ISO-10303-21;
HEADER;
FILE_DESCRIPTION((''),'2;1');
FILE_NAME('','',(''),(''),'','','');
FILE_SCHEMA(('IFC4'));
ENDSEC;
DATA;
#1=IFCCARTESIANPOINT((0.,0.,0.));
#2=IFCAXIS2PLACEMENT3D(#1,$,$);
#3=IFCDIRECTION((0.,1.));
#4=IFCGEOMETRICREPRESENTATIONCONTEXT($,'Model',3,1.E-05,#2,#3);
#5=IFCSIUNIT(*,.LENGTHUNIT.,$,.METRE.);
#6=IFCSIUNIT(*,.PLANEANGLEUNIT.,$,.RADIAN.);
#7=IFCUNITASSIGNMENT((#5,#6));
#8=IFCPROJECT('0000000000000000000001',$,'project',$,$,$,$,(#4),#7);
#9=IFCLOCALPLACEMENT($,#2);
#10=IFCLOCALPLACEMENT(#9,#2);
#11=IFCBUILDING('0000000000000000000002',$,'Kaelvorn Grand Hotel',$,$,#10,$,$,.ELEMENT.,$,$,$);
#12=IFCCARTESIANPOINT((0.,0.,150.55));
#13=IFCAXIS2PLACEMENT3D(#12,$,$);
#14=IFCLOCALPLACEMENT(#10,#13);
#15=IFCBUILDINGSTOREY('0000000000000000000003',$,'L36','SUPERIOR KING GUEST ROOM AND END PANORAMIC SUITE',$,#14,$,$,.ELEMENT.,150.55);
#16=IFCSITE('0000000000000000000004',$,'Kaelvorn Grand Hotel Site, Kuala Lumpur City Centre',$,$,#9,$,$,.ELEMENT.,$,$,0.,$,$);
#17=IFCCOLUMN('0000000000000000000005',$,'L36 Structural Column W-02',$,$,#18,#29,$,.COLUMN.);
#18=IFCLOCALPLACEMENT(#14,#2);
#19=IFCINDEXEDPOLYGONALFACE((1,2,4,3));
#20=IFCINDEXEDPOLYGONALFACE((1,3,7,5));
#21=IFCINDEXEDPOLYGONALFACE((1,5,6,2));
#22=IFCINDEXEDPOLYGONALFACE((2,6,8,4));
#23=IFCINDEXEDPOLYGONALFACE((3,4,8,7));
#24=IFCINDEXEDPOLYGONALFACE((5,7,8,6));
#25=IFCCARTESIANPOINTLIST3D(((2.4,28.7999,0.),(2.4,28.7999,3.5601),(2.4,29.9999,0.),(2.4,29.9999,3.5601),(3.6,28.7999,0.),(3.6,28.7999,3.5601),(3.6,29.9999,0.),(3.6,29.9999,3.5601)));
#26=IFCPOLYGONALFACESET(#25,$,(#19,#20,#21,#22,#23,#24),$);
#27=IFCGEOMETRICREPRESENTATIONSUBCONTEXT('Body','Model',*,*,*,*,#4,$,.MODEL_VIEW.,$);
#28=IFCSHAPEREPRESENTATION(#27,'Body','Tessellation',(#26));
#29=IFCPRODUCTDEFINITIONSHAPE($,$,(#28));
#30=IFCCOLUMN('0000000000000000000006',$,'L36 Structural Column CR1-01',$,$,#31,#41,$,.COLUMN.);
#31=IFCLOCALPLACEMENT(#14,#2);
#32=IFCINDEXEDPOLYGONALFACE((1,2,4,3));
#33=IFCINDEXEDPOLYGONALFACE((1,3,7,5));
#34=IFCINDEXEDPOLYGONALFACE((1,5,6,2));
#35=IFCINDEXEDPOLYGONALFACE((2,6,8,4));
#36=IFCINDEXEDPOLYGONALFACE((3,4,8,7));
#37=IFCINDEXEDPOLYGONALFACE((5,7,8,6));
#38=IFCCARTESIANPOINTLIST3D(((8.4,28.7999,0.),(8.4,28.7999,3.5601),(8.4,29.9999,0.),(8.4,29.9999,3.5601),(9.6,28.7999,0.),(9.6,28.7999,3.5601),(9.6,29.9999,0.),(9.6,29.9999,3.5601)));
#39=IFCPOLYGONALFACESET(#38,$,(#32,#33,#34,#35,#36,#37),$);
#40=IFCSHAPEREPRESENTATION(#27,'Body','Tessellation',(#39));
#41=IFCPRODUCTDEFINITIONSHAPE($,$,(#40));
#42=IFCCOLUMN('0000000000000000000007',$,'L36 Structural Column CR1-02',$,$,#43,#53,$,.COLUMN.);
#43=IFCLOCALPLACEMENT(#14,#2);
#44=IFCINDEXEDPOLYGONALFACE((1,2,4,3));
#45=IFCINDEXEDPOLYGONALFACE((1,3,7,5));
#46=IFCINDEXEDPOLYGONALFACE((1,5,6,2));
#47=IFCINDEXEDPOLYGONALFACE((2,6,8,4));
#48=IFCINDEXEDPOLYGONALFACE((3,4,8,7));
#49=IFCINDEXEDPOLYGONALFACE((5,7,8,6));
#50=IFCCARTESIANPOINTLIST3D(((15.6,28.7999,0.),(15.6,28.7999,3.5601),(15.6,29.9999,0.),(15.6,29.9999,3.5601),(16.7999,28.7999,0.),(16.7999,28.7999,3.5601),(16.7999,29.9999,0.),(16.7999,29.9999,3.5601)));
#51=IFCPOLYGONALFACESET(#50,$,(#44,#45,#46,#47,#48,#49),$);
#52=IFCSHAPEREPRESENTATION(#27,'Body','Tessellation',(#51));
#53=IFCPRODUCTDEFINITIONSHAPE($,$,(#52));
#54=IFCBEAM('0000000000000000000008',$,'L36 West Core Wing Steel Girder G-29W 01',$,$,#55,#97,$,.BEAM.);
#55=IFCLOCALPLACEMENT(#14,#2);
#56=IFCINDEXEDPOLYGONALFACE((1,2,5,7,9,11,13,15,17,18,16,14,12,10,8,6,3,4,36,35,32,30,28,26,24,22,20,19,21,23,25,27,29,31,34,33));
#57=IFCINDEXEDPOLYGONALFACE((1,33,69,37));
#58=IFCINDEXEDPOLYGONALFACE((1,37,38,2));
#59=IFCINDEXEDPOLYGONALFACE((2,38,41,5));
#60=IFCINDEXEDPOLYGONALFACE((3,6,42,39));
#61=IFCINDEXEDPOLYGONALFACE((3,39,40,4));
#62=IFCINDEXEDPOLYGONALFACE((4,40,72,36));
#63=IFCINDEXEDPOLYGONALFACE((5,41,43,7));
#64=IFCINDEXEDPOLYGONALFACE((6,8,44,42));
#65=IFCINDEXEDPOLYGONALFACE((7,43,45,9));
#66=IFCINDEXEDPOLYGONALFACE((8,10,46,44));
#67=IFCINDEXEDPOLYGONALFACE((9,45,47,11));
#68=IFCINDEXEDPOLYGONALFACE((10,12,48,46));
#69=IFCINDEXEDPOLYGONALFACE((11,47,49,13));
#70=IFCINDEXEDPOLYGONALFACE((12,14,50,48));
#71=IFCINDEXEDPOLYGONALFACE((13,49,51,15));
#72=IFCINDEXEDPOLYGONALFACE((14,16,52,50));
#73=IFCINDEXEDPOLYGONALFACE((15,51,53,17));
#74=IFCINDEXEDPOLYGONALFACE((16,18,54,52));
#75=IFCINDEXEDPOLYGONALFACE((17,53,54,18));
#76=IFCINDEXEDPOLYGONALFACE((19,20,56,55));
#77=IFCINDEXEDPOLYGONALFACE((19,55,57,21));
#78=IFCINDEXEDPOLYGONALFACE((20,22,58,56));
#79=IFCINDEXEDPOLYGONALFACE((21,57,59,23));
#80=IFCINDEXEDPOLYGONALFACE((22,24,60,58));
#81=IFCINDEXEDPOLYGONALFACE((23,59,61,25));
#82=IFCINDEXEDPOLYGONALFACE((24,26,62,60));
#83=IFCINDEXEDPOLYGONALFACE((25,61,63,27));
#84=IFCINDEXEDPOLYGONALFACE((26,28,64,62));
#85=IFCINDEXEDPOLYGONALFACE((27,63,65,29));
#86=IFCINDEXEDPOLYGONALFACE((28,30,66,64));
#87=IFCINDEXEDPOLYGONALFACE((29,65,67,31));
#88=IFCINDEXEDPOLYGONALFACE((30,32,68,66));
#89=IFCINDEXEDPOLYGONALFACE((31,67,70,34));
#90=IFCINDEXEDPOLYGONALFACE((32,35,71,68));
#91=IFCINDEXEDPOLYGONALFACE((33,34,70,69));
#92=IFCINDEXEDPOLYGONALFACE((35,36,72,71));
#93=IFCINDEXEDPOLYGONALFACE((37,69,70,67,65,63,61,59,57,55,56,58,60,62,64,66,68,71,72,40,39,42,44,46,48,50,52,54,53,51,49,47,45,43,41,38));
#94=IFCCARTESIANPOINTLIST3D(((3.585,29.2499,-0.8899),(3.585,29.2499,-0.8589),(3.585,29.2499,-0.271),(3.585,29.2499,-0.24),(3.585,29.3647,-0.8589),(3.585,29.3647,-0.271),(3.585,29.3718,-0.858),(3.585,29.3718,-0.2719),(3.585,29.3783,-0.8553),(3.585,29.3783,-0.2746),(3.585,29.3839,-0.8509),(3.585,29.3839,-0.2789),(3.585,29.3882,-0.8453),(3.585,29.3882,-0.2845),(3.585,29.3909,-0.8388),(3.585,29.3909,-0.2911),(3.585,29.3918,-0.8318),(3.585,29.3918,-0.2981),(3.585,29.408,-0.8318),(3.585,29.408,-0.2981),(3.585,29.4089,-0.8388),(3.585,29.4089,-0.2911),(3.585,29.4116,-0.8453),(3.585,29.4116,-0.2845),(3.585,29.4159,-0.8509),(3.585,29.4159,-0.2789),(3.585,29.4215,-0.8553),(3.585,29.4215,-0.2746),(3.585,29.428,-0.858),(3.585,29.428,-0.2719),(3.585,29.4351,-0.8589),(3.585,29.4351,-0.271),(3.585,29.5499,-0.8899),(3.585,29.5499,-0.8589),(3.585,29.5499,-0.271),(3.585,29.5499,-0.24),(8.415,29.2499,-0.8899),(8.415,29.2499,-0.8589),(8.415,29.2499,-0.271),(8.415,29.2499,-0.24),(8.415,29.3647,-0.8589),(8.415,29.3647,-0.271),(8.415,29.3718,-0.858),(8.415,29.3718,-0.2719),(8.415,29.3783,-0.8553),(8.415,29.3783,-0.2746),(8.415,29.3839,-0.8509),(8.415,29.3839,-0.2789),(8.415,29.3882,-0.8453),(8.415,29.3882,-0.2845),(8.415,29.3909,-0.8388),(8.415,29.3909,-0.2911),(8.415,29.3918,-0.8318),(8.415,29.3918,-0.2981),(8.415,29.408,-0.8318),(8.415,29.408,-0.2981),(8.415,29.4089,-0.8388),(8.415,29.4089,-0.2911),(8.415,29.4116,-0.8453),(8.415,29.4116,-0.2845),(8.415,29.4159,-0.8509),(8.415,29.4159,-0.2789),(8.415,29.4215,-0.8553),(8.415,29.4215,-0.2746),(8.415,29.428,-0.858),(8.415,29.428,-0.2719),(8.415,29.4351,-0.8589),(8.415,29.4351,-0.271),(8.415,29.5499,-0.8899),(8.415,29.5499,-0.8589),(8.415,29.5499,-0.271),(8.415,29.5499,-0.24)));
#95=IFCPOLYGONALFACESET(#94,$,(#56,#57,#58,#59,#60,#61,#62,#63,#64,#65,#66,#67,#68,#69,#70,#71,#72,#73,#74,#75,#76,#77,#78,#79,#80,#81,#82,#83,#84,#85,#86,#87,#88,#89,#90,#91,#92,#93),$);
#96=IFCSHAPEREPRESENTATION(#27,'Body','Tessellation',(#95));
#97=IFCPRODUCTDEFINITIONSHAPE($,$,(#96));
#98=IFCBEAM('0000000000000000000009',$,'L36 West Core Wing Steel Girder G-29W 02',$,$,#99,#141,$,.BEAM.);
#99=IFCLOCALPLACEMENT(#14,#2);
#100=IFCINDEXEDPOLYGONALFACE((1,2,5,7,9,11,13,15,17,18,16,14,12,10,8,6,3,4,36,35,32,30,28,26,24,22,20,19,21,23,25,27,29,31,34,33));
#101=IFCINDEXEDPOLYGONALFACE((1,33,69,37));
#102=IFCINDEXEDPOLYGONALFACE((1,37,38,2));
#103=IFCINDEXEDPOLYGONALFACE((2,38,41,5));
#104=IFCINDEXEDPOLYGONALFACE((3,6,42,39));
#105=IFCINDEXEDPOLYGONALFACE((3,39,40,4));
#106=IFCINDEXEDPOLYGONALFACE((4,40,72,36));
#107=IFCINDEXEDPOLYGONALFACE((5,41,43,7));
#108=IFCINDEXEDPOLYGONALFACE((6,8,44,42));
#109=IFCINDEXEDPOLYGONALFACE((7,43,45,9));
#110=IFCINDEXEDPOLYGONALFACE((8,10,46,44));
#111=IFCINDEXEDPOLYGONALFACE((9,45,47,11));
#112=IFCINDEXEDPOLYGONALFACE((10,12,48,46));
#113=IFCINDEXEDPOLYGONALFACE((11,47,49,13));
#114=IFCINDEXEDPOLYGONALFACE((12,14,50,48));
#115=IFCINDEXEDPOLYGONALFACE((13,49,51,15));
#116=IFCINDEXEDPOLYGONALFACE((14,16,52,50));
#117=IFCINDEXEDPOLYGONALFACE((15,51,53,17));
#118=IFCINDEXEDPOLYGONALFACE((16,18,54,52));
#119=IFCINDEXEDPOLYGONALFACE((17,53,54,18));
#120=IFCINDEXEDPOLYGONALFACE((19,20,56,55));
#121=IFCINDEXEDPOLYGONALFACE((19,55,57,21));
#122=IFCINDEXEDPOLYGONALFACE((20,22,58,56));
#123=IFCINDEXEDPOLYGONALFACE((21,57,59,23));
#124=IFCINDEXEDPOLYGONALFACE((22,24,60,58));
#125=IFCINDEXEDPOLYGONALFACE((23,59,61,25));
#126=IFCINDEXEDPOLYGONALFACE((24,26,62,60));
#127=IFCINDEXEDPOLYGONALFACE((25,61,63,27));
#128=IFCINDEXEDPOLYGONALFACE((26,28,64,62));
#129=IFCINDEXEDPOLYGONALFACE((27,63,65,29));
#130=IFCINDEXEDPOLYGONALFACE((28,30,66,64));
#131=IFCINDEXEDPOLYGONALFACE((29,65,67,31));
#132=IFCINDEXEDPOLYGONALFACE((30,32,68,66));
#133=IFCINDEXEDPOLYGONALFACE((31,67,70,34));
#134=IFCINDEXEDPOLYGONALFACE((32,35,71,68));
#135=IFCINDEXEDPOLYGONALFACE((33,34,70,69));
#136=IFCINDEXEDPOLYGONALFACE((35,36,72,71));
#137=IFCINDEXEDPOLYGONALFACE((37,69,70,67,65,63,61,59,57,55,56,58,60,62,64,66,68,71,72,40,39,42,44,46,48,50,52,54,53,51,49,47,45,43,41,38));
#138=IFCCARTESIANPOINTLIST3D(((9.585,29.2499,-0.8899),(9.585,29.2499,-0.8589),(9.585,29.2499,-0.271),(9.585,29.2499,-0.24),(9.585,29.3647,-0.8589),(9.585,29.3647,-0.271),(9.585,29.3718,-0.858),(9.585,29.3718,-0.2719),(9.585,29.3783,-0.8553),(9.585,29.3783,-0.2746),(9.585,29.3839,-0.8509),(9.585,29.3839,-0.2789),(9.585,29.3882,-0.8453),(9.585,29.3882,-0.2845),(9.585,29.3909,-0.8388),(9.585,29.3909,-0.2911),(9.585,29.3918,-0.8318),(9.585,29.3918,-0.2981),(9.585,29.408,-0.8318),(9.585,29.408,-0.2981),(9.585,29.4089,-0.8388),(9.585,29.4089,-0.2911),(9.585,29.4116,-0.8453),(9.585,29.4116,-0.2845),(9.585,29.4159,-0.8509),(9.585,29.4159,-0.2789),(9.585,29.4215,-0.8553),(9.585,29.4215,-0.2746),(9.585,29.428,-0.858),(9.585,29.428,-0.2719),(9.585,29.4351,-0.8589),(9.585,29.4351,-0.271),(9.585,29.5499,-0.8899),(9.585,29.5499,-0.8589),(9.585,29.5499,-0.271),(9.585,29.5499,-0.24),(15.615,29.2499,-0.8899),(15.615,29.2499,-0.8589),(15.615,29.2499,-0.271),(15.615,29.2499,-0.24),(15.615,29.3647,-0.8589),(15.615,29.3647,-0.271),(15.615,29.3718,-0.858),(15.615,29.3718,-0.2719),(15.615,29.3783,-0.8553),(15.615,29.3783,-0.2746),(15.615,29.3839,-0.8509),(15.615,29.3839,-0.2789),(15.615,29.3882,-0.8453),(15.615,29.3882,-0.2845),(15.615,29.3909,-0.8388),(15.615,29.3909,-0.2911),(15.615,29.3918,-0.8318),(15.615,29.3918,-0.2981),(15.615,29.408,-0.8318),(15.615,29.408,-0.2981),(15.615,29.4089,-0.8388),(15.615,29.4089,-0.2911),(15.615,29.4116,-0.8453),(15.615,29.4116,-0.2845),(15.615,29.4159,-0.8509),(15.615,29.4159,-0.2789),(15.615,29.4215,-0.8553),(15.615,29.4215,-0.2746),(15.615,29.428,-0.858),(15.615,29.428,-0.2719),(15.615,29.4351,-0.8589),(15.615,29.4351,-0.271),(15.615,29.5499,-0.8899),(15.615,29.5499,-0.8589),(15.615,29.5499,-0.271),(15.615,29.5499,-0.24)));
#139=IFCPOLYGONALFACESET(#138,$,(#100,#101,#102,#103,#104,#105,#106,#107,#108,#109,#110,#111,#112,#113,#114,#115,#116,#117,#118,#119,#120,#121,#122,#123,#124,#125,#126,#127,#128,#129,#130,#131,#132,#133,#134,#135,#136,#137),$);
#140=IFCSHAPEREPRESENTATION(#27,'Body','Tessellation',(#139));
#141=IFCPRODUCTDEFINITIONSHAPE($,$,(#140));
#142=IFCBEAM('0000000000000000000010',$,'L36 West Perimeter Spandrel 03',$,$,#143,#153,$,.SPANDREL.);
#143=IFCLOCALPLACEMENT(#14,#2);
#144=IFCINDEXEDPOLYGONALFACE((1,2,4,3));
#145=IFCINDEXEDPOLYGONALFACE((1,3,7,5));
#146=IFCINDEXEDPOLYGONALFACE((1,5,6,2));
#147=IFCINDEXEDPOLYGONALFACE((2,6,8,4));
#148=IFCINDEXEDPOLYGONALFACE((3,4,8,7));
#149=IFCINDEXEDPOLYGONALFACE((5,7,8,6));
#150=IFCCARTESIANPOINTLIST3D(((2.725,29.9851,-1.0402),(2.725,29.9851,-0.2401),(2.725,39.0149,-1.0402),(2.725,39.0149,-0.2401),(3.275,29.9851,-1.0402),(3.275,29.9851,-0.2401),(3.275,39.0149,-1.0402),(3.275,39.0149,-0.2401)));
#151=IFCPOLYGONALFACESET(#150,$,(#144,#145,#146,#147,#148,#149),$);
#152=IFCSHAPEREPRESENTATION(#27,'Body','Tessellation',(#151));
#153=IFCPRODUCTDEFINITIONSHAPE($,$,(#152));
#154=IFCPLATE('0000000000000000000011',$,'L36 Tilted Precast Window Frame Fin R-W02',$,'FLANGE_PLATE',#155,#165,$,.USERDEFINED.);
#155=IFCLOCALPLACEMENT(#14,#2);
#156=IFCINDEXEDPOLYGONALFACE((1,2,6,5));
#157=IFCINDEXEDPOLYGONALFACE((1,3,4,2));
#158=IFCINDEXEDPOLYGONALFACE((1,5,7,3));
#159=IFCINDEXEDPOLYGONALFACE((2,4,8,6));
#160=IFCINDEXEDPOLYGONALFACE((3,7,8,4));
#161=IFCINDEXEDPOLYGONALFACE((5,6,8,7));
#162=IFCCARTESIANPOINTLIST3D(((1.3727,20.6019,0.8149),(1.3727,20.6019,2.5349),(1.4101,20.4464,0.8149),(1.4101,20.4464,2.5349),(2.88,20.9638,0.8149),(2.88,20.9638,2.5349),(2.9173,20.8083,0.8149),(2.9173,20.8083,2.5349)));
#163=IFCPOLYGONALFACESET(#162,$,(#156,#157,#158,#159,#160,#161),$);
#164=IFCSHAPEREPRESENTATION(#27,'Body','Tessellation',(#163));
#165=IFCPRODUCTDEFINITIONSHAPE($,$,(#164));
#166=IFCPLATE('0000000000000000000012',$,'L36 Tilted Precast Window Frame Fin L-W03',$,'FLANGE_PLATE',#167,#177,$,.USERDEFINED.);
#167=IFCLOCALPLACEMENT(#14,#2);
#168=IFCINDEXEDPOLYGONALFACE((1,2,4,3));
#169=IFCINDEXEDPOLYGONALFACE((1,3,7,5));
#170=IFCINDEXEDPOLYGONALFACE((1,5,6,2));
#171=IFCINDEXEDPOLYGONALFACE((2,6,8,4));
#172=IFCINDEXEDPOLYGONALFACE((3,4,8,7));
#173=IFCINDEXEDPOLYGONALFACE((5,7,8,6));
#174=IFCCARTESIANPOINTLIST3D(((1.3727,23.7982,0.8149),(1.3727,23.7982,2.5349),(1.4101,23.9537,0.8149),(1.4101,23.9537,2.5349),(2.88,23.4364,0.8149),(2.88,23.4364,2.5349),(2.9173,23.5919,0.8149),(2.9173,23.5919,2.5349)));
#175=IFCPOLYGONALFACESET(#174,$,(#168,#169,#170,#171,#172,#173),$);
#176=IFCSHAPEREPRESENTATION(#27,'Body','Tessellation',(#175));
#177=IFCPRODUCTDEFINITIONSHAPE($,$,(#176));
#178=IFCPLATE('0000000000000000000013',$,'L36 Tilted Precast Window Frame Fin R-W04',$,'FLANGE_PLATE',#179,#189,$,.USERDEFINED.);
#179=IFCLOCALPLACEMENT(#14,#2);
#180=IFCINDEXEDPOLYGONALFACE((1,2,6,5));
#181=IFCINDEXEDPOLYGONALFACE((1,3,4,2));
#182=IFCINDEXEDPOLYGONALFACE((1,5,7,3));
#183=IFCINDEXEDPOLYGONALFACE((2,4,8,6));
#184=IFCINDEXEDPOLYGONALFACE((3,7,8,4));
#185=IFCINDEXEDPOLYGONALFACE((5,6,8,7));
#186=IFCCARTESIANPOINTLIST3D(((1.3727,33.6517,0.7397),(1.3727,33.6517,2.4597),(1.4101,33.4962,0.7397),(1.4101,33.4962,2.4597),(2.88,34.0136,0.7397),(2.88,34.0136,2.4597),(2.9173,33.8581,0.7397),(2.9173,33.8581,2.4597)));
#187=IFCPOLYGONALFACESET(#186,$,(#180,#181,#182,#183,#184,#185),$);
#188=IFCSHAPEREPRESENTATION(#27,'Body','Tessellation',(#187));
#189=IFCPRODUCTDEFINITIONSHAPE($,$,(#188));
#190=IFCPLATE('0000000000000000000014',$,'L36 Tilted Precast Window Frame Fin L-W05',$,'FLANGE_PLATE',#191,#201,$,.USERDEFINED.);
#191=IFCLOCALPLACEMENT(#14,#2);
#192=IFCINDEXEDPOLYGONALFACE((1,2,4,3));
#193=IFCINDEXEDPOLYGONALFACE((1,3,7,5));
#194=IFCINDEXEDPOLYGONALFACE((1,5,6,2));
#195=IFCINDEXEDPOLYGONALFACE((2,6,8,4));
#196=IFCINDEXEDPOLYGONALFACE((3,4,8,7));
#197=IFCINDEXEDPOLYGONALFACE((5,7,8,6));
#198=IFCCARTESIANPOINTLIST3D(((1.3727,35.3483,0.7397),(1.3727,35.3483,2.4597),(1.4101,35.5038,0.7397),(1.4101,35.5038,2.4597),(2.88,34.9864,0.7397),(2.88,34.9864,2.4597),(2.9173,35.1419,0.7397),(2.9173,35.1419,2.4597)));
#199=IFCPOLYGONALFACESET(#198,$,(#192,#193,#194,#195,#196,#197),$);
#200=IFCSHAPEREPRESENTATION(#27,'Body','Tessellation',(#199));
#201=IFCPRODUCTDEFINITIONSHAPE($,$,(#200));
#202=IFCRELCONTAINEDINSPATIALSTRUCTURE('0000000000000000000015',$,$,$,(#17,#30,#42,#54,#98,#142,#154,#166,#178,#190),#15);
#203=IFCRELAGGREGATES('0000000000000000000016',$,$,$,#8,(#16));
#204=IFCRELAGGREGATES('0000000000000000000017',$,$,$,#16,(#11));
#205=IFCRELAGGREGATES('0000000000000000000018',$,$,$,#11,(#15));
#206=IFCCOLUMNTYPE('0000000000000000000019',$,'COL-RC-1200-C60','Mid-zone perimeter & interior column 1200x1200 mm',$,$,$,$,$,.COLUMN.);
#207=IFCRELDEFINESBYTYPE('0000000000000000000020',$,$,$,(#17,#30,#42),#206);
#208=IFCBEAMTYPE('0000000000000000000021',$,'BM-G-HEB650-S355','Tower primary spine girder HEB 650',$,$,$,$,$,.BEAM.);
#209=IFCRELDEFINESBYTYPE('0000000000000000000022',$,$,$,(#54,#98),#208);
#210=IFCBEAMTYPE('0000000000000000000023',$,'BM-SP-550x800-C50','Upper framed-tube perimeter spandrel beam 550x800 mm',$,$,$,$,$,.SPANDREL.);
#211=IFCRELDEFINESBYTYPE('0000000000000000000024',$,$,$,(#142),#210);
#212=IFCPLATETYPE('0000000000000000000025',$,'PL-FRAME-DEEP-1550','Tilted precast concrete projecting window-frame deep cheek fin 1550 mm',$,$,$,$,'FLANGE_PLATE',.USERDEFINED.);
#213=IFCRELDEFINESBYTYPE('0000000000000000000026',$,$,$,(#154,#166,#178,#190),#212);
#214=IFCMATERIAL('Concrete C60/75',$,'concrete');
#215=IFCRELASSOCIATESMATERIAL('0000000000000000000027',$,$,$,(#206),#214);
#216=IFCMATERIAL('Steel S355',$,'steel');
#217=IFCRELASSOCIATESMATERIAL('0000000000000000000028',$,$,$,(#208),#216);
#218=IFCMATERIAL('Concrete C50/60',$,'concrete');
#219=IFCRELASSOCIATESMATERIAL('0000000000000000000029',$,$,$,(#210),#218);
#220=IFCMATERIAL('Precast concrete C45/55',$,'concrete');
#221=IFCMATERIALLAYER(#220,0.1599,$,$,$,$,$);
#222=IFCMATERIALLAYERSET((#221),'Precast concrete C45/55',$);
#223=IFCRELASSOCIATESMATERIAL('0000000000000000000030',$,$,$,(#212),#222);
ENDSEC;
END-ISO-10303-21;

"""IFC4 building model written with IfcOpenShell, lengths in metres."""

from ifc_helpers import new_model, si_unit, direction, frame, origin, origin_2d, place, context, subcontext, project, spatial, rectangle, i_section, extrude, material, layer, layer_set, material_profile, profile_set, type_object, element, save


model = new_model("IFC4")

# Units and contexts
model_context = context("Model", 3, precision=1e-05, world=origin(), true_north=direction((0.0, 1.0)))
body_context = subcontext(model_context, "Body", "Model", "MODEL_VIEW")
ifc_project = project(units=[si_unit("LENGTHUNIT", "METRE"), si_unit("PLANEANGLEUNIT", "RADIAN")], contexts=[model_context])

# Site, building, storey
site_placement = place(None, origin())
site = spatial("IfcSite", under=ifc_project, at=site_placement, Name="Kaelvorn Grand Hotel Site, Kuala Lumpur City Centre", CompositionType="ELEMENT", RefElevation=0.0)
building_placement = place(site_placement, origin())
building = spatial("IfcBuilding", under=site, at=building_placement, Name="Kaelvorn Grand Hotel", CompositionType="ELEMENT")
storey_placement = place(building_placement, frame((0.0, 0.0, 150.55)))
storey = spatial("IfcBuildingStorey", under=building, at=storey_placement, Name="L36", Description="SUPERIOR KING GUEST ROOM AND END PANORAMIC SUITE", CompositionType="ELEMENT", Elevation=150.55)

# Columns
ifc_material_1 = material(Name="Concrete C60/75", Category="concrete")
ifc_material_profile_1 = material_profile(ifc_material_1, rectangle(XDim=1.2, YDim=1.2, at=origin_2d()), Name="RC COL 1200x1200")
ifc_profile_set_1 = profile_set([ifc_material_profile_1], Name="Concrete C60/75")
column_type = type_object("IfcColumnType", Name="COL-RC-1200-C60", Description="Mid-zone perimeter & interior column 1200x1200 mm", PredefinedType="COLUMN", material=ifc_profile_set_1)
for number, where, z_axis, x_axis, name in (
    (1, (3.0, 29.3999, 0.0), (0.0, 0.0, 1.0), (1.0, 0.0, 0.0), "L36 Structural Column W-02"),
    (2, (9.0, 29.3999, 0.0), (0.0, 0.0, 1.0), (1.0, 0.0, 0.0), "L36 Structural Column CR1-01"),
    (3, (16.2, 29.3999, 0.0), (0.0, 0.0, 1.0), (1.0, 0.0, 0.0), "L36 Structural Column CR1-02"),
):
    element("IfcColumn", number, at=place(storey_placement, frame(where, z_axis=z_axis, x_axis=x_axis)), inside=storey, type_object=column_type, Name=name, PredefinedType="COLUMN", context=body_context, shape_type="SweptSolid", body=[
        extrude(rectangle(XDim=1.2, YDim=1.2, at=origin_2d()), origin(), (0.0, 0.0, 1.0), 3.5601),
    ])

# Beams
ifc_material_2 = material(Name="Steel S355", Category="steel")
ifc_material_profile_2 = material_profile(ifc_material_2, i_section(OverallWidth=0.3, OverallDepth=0.6499, WebThickness=0.0161, FlangeThickness=0.031, FilletRadius=0.0271, at=origin_2d()), Name="HEB 650")
ifc_profile_set_2 = profile_set([ifc_material_profile_2], Name="Steel S355")
beam_type_1 = type_object("IfcBeamType", Name="BM-G-HEB650-S355", Description="Tower primary spine girder HEB 650", PredefinedType="BEAM", material=ifc_profile_set_2)
beam_1_placement = place(storey_placement, frame((3.585, 29.3999, -0.5649), z_axis=(1.0, 0.0, 0.0), x_axis=(0.0, 1.0, 0.0)))
element("IfcBeam", 4, at=beam_1_placement, inside=storey, type_object=beam_type_1, Name="L36 West Core Wing Steel Girder G-29W 01", PredefinedType="BEAM", context=body_context, shape_type="SweptSolid", body=[
    extrude(i_section(OverallWidth=0.3, OverallDepth=0.6499, WebThickness=0.0161, FlangeThickness=0.031, FilletRadius=0.0271, at=origin_2d()), origin(), (0.0, 0.0, 1.0), 4.8301),
])
beam_2_placement = place(storey_placement, frame((9.585, 29.3999, -0.5649), z_axis=(1.0, 0.0, 0.0), x_axis=(0.0, 1.0, 0.0)))
element("IfcBeam", 5, at=beam_2_placement, inside=storey, type_object=beam_type_1, Name="L36 West Core Wing Steel Girder G-29W 02", PredefinedType="BEAM", context=body_context, shape_type="SweptSolid", body=[
    extrude(i_section(OverallWidth=0.3, OverallDepth=0.6499, WebThickness=0.0161, FlangeThickness=0.031, FilletRadius=0.0271, at=origin_2d()), origin(), (0.0, 0.0, 1.0), 6.03),
])
ifc_material_3 = material(Name="Concrete C50/60", Category="concrete")
ifc_material_profile_3 = material_profile(ifc_material_3, rectangle(XDim=0.55, YDim=0.8, at=origin_2d()), Name="RC SPANDREL 550x800")
ifc_profile_set_3 = profile_set([ifc_material_profile_3], Name="Concrete C50/60")
beam_type_2 = type_object("IfcBeamType", Name="BM-SP-550x800-C50", Description="Upper framed-tube perimeter spandrel beam 550x800 mm", PredefinedType="SPANDREL", material=ifc_profile_set_3)
beam_3_placement = place(storey_placement, frame((3.0, 29.9851, -0.6401), z_axis=(0.0, 1.0, 0.0), x_axis=(-1.0, 0.0, 0.0)))
element("IfcBeam", 6, at=beam_3_placement, inside=storey, type_object=beam_type_2, Name="L36 West Perimeter Spandrel 03", PredefinedType="SPANDREL", context=body_context, shape_type="SweptSolid", body=[
    extrude(rectangle(XDim=0.55, YDim=0.8, at=origin_2d()), origin(), (0.0, 0.0, 1.0), 9.0298),
])

# Plates
ifc_material_4 = material(Name="Precast concrete C45/55", Category="concrete")
ifc_layer_1 = layer(ifc_material_4, 0.1599)
ifc_layer_set_1 = layer_set([ifc_layer_1], Name="Precast concrete C45/55")
plate_type_1 = type_object("IfcPlateType", Name="PL-FRAME-DEEP-1550", Description="Tilted precast concrete projecting window-frame deep cheek fin 1550 mm", ElementType="FLANGE_PLATE", PredefinedType="USERDEFINED", material=ifc_layer_set_1)
for number, where, z_axis, x_axis, name in (
    (7, (2.145, 20.7051, 0.8149), (0.0, 0.0, 1.0), (-0.233445, 0.97237, 0.0), "L36 Tilted Precast Window Frame Fin R-W02"),
    (8, (2.145, 23.6951, 0.8149), (0.0, 0.0, 1.0), (0.233445, 0.97237, 0.0), "L36 Tilted Precast Window Frame Fin L-W03"),
    (9, (2.145, 33.7549, 0.7397), (0.0, 0.0, 1.0), (-0.233445, 0.97237, 0.0), "L36 Tilted Precast Window Frame Fin R-W04"),
    (10, (2.145, 35.2451, 0.7397), (0.0, 0.0, 1.0), (0.233445, 0.97237, 0.0), "L36 Tilted Precast Window Frame Fin L-W05"),
):
    element("IfcPlate", number, at=place(storey_placement, frame(where, z_axis=z_axis, x_axis=x_axis)), inside=storey, type_object=plate_type_1, Name=name, ObjectType="FLANGE_PLATE", PredefinedType="USERDEFINED", context=body_context, shape_type="SweptSolid", body=[
        extrude(rectangle(XDim=0.1599, YDim=1.55, at=origin_2d()), origin(), (0.0, 0.0, 1.0), 1.72),
    ])

save(model, "model.ifc")
